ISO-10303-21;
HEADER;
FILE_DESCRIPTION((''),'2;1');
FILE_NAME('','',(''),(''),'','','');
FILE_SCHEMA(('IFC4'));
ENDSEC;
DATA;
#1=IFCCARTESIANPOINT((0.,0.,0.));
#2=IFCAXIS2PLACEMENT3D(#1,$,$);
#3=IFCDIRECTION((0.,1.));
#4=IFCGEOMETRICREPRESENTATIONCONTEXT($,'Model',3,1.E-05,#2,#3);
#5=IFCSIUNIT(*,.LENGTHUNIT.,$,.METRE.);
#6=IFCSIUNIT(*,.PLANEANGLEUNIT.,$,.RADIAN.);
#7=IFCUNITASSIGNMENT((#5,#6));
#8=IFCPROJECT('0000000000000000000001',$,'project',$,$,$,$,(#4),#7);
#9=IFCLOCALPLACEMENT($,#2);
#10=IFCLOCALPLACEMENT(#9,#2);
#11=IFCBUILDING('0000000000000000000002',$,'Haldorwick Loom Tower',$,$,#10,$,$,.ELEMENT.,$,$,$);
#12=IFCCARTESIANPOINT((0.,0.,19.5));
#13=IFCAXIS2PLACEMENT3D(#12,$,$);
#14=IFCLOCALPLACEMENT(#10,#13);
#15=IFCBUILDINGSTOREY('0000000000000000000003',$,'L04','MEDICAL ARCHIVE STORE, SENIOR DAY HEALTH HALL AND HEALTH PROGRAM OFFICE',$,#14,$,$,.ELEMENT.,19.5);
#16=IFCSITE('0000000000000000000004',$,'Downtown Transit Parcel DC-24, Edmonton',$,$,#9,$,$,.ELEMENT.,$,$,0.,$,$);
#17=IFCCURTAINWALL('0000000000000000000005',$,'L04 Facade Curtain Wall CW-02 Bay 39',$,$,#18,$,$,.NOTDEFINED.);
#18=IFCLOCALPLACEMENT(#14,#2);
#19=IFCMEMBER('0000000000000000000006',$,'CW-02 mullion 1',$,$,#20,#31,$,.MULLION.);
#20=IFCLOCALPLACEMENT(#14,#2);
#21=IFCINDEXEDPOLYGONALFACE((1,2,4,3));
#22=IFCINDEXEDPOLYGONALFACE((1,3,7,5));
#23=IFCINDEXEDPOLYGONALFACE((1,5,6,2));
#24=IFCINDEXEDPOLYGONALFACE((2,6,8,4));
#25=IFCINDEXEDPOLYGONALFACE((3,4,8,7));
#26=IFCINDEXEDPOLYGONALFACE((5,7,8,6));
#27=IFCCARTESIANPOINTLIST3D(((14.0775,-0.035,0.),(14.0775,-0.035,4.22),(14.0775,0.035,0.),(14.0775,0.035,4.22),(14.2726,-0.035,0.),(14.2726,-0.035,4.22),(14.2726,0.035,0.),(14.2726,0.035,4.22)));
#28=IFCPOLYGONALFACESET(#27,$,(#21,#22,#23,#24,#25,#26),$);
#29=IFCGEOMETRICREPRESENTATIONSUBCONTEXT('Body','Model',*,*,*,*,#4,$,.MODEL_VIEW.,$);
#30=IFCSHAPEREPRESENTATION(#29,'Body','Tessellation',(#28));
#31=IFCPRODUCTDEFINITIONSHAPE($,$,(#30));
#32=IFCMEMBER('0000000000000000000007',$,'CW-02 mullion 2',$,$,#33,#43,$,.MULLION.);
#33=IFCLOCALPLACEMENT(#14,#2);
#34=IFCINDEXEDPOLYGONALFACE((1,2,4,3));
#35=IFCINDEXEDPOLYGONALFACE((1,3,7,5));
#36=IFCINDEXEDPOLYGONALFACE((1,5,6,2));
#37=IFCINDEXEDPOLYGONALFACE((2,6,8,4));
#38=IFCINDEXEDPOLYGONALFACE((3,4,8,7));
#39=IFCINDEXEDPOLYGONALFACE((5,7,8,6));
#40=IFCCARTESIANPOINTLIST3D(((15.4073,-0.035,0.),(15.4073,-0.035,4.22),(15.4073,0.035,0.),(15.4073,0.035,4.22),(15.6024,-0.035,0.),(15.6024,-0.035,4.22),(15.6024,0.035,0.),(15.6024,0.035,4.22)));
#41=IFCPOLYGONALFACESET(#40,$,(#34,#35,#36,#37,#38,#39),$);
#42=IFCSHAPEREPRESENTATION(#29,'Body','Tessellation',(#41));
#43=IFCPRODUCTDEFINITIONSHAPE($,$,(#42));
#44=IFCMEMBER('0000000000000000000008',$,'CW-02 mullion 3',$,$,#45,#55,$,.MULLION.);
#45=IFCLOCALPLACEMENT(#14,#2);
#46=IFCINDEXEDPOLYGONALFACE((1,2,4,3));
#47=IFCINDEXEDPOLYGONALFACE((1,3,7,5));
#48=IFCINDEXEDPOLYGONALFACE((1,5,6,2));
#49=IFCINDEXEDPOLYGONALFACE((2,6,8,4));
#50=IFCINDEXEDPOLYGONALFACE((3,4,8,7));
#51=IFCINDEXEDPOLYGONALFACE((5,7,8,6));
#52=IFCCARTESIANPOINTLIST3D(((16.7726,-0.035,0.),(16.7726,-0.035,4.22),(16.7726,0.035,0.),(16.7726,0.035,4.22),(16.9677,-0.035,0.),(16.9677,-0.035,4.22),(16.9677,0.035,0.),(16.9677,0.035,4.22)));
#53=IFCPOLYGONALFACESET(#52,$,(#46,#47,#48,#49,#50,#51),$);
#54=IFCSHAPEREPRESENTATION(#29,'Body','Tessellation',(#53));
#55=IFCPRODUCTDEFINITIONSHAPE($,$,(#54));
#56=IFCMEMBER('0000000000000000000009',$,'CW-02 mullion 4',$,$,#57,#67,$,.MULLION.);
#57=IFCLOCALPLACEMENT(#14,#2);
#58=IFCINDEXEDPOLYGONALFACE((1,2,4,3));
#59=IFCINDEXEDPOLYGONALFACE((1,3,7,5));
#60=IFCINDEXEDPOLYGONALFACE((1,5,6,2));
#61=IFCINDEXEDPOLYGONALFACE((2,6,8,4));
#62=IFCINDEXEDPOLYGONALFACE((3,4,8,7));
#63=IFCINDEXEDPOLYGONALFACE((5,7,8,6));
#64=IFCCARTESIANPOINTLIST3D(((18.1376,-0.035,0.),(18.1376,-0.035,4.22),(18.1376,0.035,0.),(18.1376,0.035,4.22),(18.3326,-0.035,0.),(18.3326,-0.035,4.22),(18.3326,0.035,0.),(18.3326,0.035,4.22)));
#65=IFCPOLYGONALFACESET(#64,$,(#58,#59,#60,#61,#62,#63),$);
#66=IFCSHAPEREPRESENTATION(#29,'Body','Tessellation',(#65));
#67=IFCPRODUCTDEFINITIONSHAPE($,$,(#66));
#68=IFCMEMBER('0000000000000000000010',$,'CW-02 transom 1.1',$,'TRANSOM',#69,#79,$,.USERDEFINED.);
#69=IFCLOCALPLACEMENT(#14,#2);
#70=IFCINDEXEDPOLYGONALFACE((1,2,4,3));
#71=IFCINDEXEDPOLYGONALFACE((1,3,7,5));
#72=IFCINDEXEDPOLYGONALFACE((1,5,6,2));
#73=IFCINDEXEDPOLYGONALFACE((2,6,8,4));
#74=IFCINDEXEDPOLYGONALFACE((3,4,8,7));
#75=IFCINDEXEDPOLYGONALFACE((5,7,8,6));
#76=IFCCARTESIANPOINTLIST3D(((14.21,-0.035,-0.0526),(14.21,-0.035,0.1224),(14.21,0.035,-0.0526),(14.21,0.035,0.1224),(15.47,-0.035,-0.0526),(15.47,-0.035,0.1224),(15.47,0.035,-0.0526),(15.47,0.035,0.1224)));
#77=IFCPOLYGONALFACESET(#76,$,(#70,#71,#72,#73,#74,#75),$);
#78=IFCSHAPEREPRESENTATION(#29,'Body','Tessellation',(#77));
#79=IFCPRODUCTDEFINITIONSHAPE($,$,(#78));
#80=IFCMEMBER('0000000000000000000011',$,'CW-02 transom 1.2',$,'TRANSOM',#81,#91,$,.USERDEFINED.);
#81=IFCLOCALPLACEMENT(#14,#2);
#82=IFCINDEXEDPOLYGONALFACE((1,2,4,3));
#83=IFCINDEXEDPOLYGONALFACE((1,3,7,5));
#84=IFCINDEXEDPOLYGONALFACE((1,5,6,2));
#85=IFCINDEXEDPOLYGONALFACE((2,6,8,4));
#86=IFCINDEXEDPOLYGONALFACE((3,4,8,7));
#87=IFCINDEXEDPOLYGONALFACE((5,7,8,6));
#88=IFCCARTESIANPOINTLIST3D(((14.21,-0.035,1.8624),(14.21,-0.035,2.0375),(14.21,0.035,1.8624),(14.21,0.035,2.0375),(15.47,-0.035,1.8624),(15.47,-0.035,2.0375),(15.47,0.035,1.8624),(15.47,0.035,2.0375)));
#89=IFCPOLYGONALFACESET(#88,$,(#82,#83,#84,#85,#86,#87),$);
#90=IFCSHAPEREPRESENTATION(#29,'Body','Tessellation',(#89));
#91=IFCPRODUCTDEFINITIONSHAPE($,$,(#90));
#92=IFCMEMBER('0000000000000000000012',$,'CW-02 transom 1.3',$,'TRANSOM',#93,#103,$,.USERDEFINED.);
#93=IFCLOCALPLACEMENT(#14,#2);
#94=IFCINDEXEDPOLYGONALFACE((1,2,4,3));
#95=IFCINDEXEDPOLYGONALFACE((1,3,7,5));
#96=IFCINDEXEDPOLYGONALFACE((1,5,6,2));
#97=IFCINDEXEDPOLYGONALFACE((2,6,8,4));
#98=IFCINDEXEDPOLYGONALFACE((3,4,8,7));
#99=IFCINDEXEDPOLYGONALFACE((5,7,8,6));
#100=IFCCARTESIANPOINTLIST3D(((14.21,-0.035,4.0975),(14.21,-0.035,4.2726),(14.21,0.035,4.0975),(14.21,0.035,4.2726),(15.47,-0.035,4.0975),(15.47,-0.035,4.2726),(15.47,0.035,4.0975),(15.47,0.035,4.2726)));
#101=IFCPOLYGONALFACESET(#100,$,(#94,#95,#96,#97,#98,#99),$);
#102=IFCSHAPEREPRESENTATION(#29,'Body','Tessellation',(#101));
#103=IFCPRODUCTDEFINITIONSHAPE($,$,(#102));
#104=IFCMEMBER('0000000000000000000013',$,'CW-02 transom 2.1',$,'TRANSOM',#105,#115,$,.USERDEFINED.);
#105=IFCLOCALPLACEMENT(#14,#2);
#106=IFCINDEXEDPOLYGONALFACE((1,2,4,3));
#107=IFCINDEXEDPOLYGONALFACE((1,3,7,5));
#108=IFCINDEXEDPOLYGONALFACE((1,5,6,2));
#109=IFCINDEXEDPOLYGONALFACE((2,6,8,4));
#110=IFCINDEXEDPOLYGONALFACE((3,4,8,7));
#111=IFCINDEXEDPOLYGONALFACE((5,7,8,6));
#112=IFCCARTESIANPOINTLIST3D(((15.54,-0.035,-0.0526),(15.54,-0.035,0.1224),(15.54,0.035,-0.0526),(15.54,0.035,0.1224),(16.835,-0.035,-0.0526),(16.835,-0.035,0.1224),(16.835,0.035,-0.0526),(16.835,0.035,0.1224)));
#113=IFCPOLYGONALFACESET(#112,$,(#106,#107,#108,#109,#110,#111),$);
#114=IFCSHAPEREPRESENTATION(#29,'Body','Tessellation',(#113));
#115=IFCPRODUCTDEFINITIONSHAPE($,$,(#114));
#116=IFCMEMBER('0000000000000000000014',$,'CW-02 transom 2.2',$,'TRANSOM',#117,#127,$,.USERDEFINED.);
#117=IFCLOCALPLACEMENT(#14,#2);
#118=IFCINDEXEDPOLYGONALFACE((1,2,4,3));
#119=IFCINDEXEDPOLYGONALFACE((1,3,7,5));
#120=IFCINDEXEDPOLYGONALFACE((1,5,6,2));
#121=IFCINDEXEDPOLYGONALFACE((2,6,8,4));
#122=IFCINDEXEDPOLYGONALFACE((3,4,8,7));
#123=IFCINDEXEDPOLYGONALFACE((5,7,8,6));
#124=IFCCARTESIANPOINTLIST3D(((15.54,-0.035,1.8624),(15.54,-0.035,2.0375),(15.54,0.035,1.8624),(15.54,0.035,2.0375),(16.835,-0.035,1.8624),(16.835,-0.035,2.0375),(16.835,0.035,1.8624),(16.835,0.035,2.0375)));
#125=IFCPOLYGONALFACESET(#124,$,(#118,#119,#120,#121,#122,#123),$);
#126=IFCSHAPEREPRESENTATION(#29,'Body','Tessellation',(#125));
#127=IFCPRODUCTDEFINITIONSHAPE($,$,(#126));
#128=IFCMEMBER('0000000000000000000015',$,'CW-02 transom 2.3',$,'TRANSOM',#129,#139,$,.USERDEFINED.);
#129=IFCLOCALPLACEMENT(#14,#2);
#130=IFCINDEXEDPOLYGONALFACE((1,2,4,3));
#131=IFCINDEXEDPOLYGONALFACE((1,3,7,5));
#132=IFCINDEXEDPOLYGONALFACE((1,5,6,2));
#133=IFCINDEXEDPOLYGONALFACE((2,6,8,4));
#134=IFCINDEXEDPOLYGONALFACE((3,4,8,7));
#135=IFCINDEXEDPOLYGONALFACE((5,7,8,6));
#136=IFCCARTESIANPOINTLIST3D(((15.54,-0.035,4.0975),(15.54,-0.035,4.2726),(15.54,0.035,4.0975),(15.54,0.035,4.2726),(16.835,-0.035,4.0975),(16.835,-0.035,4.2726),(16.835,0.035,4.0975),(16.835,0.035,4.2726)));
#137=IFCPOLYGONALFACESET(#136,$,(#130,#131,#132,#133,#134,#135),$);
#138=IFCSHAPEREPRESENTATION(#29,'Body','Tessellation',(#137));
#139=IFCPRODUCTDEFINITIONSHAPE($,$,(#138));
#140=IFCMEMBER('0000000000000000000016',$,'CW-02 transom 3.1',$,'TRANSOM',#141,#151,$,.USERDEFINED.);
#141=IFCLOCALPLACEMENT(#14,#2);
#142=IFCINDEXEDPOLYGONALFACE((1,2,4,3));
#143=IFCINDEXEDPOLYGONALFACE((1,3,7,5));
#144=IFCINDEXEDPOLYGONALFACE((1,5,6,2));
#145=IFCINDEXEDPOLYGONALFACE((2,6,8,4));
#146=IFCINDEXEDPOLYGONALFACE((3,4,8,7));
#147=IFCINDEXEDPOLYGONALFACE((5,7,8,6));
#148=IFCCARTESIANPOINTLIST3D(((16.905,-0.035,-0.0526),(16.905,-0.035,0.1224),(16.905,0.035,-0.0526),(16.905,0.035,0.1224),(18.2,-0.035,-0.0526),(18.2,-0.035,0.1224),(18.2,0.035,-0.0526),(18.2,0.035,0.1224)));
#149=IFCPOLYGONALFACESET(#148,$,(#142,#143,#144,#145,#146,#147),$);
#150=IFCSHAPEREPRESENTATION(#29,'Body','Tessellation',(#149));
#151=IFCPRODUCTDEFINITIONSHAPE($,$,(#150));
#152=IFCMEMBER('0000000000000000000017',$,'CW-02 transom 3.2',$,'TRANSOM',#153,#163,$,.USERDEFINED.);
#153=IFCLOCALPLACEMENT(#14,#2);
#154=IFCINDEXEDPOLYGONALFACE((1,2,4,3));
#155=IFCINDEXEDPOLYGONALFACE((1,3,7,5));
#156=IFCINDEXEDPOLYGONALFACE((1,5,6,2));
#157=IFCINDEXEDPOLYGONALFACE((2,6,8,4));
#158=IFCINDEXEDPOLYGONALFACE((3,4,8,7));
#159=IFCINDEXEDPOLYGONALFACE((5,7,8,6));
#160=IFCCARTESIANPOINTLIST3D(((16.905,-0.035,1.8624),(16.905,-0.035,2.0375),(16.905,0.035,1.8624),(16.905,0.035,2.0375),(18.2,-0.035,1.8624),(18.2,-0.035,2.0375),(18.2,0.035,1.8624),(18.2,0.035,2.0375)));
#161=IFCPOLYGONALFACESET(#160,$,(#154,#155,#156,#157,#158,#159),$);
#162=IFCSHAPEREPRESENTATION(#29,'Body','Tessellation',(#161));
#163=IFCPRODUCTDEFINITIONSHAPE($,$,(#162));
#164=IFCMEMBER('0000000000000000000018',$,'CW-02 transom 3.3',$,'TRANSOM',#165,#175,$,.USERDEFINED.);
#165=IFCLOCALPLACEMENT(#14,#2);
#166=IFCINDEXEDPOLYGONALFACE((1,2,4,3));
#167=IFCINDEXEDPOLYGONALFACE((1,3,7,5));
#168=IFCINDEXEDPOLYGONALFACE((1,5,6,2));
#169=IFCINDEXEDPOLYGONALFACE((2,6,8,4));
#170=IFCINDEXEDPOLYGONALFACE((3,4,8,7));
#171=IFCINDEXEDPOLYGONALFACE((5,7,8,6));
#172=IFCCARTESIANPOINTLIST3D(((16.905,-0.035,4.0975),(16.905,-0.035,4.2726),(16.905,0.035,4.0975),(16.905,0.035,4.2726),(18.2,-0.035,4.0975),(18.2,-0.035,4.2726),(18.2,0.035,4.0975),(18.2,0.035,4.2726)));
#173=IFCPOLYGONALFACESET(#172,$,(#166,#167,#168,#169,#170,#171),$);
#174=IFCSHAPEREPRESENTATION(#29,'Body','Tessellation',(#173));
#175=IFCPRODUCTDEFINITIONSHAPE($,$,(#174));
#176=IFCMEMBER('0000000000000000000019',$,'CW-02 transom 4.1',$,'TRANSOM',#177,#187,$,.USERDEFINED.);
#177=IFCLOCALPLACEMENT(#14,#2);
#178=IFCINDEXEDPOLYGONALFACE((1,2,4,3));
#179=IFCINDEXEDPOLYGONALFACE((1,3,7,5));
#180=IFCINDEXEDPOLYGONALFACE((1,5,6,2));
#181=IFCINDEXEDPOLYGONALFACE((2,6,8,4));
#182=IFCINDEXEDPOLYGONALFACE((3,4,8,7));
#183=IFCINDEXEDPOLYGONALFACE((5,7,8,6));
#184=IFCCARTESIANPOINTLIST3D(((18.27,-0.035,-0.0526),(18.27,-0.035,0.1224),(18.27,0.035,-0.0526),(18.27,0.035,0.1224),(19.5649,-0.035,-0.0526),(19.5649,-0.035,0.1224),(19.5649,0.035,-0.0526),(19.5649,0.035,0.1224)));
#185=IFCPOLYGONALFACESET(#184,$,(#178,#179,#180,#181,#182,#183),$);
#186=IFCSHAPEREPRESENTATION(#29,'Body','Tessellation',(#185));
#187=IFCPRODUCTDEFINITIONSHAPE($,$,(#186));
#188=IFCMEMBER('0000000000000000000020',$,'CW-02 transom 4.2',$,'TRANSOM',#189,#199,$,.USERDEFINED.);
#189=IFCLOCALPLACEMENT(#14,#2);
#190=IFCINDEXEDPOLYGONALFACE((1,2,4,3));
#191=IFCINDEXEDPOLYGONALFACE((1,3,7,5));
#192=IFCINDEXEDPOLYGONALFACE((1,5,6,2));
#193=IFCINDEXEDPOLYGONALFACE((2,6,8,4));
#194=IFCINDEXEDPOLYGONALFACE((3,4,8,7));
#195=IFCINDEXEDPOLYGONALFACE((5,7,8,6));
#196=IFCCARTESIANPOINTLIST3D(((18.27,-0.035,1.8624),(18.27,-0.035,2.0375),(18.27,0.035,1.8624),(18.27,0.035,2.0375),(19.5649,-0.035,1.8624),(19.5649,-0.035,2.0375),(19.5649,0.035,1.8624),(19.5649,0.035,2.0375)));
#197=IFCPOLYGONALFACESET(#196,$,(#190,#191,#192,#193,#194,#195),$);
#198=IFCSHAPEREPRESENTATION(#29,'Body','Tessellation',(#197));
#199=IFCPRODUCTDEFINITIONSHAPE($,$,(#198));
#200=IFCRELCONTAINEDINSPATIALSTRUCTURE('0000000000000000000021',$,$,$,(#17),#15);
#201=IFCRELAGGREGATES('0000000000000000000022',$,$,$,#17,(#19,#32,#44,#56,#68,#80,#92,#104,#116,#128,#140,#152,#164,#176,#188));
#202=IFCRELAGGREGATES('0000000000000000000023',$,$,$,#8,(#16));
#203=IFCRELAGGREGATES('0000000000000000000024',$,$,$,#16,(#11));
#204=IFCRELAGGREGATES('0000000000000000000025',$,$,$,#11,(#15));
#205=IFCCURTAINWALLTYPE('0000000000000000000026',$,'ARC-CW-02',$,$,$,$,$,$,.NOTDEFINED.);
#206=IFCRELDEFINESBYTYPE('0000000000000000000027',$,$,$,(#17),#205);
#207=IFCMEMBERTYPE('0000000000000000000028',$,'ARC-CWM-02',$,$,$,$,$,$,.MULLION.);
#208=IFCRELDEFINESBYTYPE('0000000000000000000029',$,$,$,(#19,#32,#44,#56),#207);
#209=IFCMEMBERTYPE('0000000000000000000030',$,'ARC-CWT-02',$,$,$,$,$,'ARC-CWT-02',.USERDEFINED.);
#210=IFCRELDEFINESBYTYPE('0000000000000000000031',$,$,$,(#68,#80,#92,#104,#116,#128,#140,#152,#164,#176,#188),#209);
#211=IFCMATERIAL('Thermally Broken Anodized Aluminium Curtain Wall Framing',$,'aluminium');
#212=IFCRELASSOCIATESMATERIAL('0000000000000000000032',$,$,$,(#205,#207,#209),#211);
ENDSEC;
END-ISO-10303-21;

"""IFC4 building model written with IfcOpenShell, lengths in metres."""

from ifc_helpers import new_model, si_unit, direction, frame, origin, origin_2d, place, context, subcontext, project, spatial, rectangle, extrude, material, material_profile, profile_set, type_object, element, aggregate, save


model = new_model("IFC4")

# Units and contexts
model_context = context("Model", 3, precision=1e-05, world=origin(), true_north=direction((0.0, 1.0)))
body_context = subcontext(model_context, "Body", "Model", "MODEL_VIEW")
ifc_project = project(units=[si_unit("LENGTHUNIT", "METRE"), si_unit("PLANEANGLEUNIT", "RADIAN")], contexts=[model_context])

# Site, building, storey
site_placement = place(None, origin())
site = spatial("IfcSite", under=ifc_project, at=site_placement, Name="Downtown Transit Parcel DC-24, Edmonton", CompositionType="ELEMENT", RefElevation=0.0)
building_placement = place(site_placement, origin())
building = spatial("IfcBuilding", under=site, at=building_placement, Name="Haldorwick Loom Tower", CompositionType="ELEMENT")
storey_placement = place(building_placement, frame((0.0, 0.0, 19.5)))
storey = spatial("IfcBuildingStorey", under=building, at=storey_placement, Name="L04", Description="MEDICAL ARCHIVE STORE, SENIOR DAY HEALTH HALL AND HEALTH PROGRAM OFFICE", CompositionType="ELEMENT", Elevation=19.5)

# Curtain wall, members
ifc_material_1 = material(Name="Thermally Broken Anodized Aluminium Curtain Wall Framing", Category="aluminium")
curtain_wall_type = type_object("IfcCurtainWallType", Name="ARC-CW-02", PredefinedType="NOTDEFINED", material=ifc_material_1)
curtain_wall_placement = place(storey_placement, origin())
curtain_wall = element("IfcCurtainWall", 1, at=curtain_wall_placement, inside=storey, type_object=curtain_wall_type, Name="L04 Facade Curtain Wall CW-02 Bay 39", PredefinedType="NOTDEFINED")
ifc_material_profile_1 = material_profile(ifc_material_1, rectangle(XDim=0.0701, YDim=0.1951, at=origin_2d()), Name="ALU_MUL_70X195", Category="aluminium")
ifc_profile_set_1 = profile_set([ifc_material_profile_1], Name="Thermally Broken Anodized Aluminium Curtain Wall Framing")
member_type_1 = type_object("IfcMemberType", Name="ARC-CWM-02", PredefinedType="MULLION", material=ifc_profile_set_1)
member_1_placement = place(storey_placement, frame((14.175, 0.0, 0.0), z_axis=(0.0, 0.0, 1.0), x_axis=(0.0, 1.0, 0.0)))
member_1 = element("IfcMember", 2, at=member_1_placement, type_object=member_type_1, Name="CW-02 mullion 1", PredefinedType="MULLION", context=body_context, shape_type="SweptSolid", body=[
    extrude(rectangle(XDim=0.0701, YDim=0.1951, at=origin_2d()), origin(), (0.0, 0.0, 1.0), 4.22),
])
member_2_placement = place(storey_placement, frame((15.5049, 0.0, 0.0), z_axis=(0.0, 0.0, 1.0), x_axis=(0.0, 1.0, 0.0)))
member_2 = element("IfcMember", 3, at=member_2_placement, type_object=member_type_1, Name="CW-02 mullion 2", PredefinedType="MULLION", context=body_context, shape_type="SweptSolid", body=[
    extrude(rectangle(XDim=0.0701, YDim=0.1951, at=origin_2d()), origin(), (0.0, 0.0, 1.0), 4.22),
])
member_3_placement = place(storey_placement, frame((16.8701, 0.0, 0.0), z_axis=(0.0, 0.0, 1.0), x_axis=(0.0, 1.0, 0.0)))
member_3 = element("IfcMember", 4, at=member_3_placement, type_object=member_type_1, Name="CW-02 mullion 3", PredefinedType="MULLION", context=body_context, shape_type="SweptSolid", body=[
    extrude(rectangle(XDim=0.0701, YDim=0.1951, at=origin_2d()), origin(), (0.0, 0.0, 1.0), 4.22),
])
member_4_placement = place(storey_placement, frame((18.2351, 0.0, 0.0), z_axis=(0.0, 0.0, 1.0), x_axis=(0.0, 1.0, 0.0)))
member_4 = element("IfcMember", 5, at=member_4_placement, type_object=member_type_1, Name="CW-02 mullion 4", PredefinedType="MULLION", context=body_context, shape_type="SweptSolid", body=[
    extrude(rectangle(XDim=0.0701, YDim=0.1951, at=origin_2d()), origin(), (0.0, 0.0, 1.0), 4.22),
])
ifc_material_profile_2 = material_profile(ifc_material_1, rectangle(XDim=0.0701, YDim=0.175, at=origin_2d()), Name="ALU_TRN_70X175", Category="aluminium")
ifc_profile_set_2 = profile_set([ifc_material_profile_2], Name="Thermally Broken Anodized Aluminium Curtain Wall Framing")
member_type_2 = type_object("IfcMemberType", Name="ARC-CWT-02", ElementType="ARC-CWT-02", PredefinedType="USERDEFINED", material=ifc_profile_set_2)
member_5_placement = place(storey_placement, frame((14.21, 0.0, 0.0349), z_axis=(1.0, 0.0, 0.0), x_axis=(0.0, 1.0, 0.0)))
member_5 = element("IfcMember", 6, at=member_5_placement, type_object=member_type_2, Name="CW-02 transom 1.1", ObjectType="TRANSOM", PredefinedType="USERDEFINED", context=body_context, shape_type="SweptSolid", body=[
    extrude(rectangle(XDim=0.0701, YDim=0.175, at=origin_2d()), origin(), (0.0, 0.0, 1.0), 1.26),
])
member_6_placement = place(storey_placement, frame((14.21, 0.0, 1.95), z_axis=(1.0, 0.0, 0.0), x_axis=(0.0, 1.0, 0.0)))
member_6 = element("IfcMember", 7, at=member_6_placement, type_object=member_type_2, Name="CW-02 transom 1.2", ObjectType="TRANSOM", PredefinedType="USERDEFINED", context=body_context, shape_type="SweptSolid", body=[
    extrude(rectangle(XDim=0.0701, YDim=0.175, at=origin_2d()), origin(), (0.0, 0.0, 1.0), 1.26),
])
member_7_placement = place(storey_placement, frame((14.21, 0.0, 4.1851), z_axis=(1.0, 0.0, 0.0), x_axis=(0.0, 1.0, 0.0)))
member_7 = element("IfcMember", 8, at=member_7_placement, type_object=member_type_2, Name="CW-02 transom 1.3", ObjectType="TRANSOM", PredefinedType="USERDEFINED", context=body_context, shape_type="SweptSolid", body=[
    extrude(rectangle(XDim=0.0701, YDim=0.175, at=origin_2d()), origin(), (0.0, 0.0, 1.0), 1.26),
])
member_8_placement = place(storey_placement, frame((15.54, 0.0, 0.0349), z_axis=(1.0, 0.0, 0.0), x_axis=(0.0, 1.0, 0.0)))
member_8 = element("IfcMember", 9, at=member_8_placement, type_object=member_type_2, Name="CW-02 transom 2.1", ObjectType="TRANSOM", PredefinedType="USERDEFINED", context=body_context, shape_type="SweptSolid", body=[
    extrude(rectangle(XDim=0.0701, YDim=0.175, at=origin_2d()), origin(), (0.0, 0.0, 1.0), 1.2949),
])
member_9_placement = place(storey_placement, frame((15.54, 0.0, 1.95), z_axis=(1.0, 0.0, 0.0), x_axis=(0.0, 1.0, 0.0)))
member_9 = element("IfcMember", 10, at=member_9_placement, type_object=member_type_2, Name="CW-02 transom 2.2", ObjectType="TRANSOM", PredefinedType="USERDEFINED", context=body_context, shape_type="SweptSolid", body=[
    extrude(rectangle(XDim=0.0701, YDim=0.175, at=origin_2d()), origin(), (0.0, 0.0, 1.0), 1.2949),
])
member_10_placement = place(storey_placement, frame((15.54, 0.0, 4.1851), z_axis=(1.0, 0.0, 0.0), x_axis=(0.0, 1.0, 0.0)))
member_10 = element("IfcMember", 11, at=member_10_placement, type_object=member_type_2, Name="CW-02 transom 2.3", ObjectType="TRANSOM", PredefinedType="USERDEFINED", context=body_context, shape_type="SweptSolid", body=[
    extrude(rectangle(XDim=0.0701, YDim=0.175, at=origin_2d()), origin(), (0.0, 0.0, 1.0), 1.2949),
])
member_11_placement = place(storey_placement, frame((16.905, 0.0, 0.0349), z_axis=(1.0, 0.0, 0.0), x_axis=(0.0, 1.0, 0.0)))
member_11 = element("IfcMember", 12, at=member_11_placement, type_object=member_type_2, Name="CW-02 transom 3.1", ObjectType="TRANSOM", PredefinedType="USERDEFINED", context=body_context, shape_type="SweptSolid", body=[
    extrude(rectangle(XDim=0.0701, YDim=0.175, at=origin_2d()), origin(), (0.0, 0.0, 1.0), 1.2949),
])
member_12_placement = place(storey_placement, frame((16.905, 0.0, 1.95), z_axis=(1.0, 0.0, 0.0), x_axis=(0.0, 1.0, 0.0)))
member_12 = element("IfcMember", 13, at=member_12_placement, type_object=member_type_2, Name="CW-02 transom 3.2", ObjectType="TRANSOM", PredefinedType="USERDEFINED", context=body_context, shape_type="SweptSolid", body=[
    extrude(rectangle(XDim=0.0701, YDim=0.175, at=origin_2d()), origin(), (0.0, 0.0, 1.0), 1.2949),
])
member_13_placement = place(storey_placement, frame((16.905, 0.0, 4.1851), z_axis=(1.0, 0.0, 0.0), x_axis=(0.0, 1.0, 0.0)))
member_13 = element("IfcMember", 14, at=member_13_placement, type_object=member_type_2, Name="CW-02 transom 3.3", ObjectType="TRANSOM", PredefinedType="USERDEFINED", context=body_context, shape_type="SweptSolid", body=[
    extrude(rectangle(XDim=0.0701, YDim=0.175, at=origin_2d()), origin(), (0.0, 0.0, 1.0), 1.2949),
])
member_14_placement = place(storey_placement, frame((18.27, 0.0, 0.0349), z_axis=(1.0, 0.0, 0.0), x_axis=(0.0, 1.0, 0.0)))
member_14 = element("IfcMember", 15, at=member_14_placement, type_object=member_type_2, Name="CW-02 transom 4.1", ObjectType="TRANSOM", PredefinedType="USERDEFINED", context=body_context, shape_type="SweptSolid", body=[
    extrude(rectangle(XDim=0.0701, YDim=0.175, at=origin_2d()), origin(), (0.0, 0.0, 1.0), 1.2949),
])
member_15_placement = place(storey_placement, frame((18.27, 0.0, 1.95), z_axis=(1.0, 0.0, 0.0), x_axis=(0.0, 1.0, 0.0)))
member_15 = element("IfcMember", 16, at=member_15_placement, type_object=member_type_2, Name="CW-02 transom 4.2", ObjectType="TRANSOM", PredefinedType="USERDEFINED", context=body_context, shape_type="SweptSolid", body=[
    extrude(rectangle(XDim=0.0701, YDim=0.175, at=origin_2d()), origin(), (0.0, 0.0, 1.0), 1.2949),
])
aggregate(curtain_wall, [member_1, member_2, member_3, member_4, member_5, member_6, member_7, member_8, member_9, member_10, member_11, member_12, member_13, member_14, member_15])

save(model, "model.ifc")
